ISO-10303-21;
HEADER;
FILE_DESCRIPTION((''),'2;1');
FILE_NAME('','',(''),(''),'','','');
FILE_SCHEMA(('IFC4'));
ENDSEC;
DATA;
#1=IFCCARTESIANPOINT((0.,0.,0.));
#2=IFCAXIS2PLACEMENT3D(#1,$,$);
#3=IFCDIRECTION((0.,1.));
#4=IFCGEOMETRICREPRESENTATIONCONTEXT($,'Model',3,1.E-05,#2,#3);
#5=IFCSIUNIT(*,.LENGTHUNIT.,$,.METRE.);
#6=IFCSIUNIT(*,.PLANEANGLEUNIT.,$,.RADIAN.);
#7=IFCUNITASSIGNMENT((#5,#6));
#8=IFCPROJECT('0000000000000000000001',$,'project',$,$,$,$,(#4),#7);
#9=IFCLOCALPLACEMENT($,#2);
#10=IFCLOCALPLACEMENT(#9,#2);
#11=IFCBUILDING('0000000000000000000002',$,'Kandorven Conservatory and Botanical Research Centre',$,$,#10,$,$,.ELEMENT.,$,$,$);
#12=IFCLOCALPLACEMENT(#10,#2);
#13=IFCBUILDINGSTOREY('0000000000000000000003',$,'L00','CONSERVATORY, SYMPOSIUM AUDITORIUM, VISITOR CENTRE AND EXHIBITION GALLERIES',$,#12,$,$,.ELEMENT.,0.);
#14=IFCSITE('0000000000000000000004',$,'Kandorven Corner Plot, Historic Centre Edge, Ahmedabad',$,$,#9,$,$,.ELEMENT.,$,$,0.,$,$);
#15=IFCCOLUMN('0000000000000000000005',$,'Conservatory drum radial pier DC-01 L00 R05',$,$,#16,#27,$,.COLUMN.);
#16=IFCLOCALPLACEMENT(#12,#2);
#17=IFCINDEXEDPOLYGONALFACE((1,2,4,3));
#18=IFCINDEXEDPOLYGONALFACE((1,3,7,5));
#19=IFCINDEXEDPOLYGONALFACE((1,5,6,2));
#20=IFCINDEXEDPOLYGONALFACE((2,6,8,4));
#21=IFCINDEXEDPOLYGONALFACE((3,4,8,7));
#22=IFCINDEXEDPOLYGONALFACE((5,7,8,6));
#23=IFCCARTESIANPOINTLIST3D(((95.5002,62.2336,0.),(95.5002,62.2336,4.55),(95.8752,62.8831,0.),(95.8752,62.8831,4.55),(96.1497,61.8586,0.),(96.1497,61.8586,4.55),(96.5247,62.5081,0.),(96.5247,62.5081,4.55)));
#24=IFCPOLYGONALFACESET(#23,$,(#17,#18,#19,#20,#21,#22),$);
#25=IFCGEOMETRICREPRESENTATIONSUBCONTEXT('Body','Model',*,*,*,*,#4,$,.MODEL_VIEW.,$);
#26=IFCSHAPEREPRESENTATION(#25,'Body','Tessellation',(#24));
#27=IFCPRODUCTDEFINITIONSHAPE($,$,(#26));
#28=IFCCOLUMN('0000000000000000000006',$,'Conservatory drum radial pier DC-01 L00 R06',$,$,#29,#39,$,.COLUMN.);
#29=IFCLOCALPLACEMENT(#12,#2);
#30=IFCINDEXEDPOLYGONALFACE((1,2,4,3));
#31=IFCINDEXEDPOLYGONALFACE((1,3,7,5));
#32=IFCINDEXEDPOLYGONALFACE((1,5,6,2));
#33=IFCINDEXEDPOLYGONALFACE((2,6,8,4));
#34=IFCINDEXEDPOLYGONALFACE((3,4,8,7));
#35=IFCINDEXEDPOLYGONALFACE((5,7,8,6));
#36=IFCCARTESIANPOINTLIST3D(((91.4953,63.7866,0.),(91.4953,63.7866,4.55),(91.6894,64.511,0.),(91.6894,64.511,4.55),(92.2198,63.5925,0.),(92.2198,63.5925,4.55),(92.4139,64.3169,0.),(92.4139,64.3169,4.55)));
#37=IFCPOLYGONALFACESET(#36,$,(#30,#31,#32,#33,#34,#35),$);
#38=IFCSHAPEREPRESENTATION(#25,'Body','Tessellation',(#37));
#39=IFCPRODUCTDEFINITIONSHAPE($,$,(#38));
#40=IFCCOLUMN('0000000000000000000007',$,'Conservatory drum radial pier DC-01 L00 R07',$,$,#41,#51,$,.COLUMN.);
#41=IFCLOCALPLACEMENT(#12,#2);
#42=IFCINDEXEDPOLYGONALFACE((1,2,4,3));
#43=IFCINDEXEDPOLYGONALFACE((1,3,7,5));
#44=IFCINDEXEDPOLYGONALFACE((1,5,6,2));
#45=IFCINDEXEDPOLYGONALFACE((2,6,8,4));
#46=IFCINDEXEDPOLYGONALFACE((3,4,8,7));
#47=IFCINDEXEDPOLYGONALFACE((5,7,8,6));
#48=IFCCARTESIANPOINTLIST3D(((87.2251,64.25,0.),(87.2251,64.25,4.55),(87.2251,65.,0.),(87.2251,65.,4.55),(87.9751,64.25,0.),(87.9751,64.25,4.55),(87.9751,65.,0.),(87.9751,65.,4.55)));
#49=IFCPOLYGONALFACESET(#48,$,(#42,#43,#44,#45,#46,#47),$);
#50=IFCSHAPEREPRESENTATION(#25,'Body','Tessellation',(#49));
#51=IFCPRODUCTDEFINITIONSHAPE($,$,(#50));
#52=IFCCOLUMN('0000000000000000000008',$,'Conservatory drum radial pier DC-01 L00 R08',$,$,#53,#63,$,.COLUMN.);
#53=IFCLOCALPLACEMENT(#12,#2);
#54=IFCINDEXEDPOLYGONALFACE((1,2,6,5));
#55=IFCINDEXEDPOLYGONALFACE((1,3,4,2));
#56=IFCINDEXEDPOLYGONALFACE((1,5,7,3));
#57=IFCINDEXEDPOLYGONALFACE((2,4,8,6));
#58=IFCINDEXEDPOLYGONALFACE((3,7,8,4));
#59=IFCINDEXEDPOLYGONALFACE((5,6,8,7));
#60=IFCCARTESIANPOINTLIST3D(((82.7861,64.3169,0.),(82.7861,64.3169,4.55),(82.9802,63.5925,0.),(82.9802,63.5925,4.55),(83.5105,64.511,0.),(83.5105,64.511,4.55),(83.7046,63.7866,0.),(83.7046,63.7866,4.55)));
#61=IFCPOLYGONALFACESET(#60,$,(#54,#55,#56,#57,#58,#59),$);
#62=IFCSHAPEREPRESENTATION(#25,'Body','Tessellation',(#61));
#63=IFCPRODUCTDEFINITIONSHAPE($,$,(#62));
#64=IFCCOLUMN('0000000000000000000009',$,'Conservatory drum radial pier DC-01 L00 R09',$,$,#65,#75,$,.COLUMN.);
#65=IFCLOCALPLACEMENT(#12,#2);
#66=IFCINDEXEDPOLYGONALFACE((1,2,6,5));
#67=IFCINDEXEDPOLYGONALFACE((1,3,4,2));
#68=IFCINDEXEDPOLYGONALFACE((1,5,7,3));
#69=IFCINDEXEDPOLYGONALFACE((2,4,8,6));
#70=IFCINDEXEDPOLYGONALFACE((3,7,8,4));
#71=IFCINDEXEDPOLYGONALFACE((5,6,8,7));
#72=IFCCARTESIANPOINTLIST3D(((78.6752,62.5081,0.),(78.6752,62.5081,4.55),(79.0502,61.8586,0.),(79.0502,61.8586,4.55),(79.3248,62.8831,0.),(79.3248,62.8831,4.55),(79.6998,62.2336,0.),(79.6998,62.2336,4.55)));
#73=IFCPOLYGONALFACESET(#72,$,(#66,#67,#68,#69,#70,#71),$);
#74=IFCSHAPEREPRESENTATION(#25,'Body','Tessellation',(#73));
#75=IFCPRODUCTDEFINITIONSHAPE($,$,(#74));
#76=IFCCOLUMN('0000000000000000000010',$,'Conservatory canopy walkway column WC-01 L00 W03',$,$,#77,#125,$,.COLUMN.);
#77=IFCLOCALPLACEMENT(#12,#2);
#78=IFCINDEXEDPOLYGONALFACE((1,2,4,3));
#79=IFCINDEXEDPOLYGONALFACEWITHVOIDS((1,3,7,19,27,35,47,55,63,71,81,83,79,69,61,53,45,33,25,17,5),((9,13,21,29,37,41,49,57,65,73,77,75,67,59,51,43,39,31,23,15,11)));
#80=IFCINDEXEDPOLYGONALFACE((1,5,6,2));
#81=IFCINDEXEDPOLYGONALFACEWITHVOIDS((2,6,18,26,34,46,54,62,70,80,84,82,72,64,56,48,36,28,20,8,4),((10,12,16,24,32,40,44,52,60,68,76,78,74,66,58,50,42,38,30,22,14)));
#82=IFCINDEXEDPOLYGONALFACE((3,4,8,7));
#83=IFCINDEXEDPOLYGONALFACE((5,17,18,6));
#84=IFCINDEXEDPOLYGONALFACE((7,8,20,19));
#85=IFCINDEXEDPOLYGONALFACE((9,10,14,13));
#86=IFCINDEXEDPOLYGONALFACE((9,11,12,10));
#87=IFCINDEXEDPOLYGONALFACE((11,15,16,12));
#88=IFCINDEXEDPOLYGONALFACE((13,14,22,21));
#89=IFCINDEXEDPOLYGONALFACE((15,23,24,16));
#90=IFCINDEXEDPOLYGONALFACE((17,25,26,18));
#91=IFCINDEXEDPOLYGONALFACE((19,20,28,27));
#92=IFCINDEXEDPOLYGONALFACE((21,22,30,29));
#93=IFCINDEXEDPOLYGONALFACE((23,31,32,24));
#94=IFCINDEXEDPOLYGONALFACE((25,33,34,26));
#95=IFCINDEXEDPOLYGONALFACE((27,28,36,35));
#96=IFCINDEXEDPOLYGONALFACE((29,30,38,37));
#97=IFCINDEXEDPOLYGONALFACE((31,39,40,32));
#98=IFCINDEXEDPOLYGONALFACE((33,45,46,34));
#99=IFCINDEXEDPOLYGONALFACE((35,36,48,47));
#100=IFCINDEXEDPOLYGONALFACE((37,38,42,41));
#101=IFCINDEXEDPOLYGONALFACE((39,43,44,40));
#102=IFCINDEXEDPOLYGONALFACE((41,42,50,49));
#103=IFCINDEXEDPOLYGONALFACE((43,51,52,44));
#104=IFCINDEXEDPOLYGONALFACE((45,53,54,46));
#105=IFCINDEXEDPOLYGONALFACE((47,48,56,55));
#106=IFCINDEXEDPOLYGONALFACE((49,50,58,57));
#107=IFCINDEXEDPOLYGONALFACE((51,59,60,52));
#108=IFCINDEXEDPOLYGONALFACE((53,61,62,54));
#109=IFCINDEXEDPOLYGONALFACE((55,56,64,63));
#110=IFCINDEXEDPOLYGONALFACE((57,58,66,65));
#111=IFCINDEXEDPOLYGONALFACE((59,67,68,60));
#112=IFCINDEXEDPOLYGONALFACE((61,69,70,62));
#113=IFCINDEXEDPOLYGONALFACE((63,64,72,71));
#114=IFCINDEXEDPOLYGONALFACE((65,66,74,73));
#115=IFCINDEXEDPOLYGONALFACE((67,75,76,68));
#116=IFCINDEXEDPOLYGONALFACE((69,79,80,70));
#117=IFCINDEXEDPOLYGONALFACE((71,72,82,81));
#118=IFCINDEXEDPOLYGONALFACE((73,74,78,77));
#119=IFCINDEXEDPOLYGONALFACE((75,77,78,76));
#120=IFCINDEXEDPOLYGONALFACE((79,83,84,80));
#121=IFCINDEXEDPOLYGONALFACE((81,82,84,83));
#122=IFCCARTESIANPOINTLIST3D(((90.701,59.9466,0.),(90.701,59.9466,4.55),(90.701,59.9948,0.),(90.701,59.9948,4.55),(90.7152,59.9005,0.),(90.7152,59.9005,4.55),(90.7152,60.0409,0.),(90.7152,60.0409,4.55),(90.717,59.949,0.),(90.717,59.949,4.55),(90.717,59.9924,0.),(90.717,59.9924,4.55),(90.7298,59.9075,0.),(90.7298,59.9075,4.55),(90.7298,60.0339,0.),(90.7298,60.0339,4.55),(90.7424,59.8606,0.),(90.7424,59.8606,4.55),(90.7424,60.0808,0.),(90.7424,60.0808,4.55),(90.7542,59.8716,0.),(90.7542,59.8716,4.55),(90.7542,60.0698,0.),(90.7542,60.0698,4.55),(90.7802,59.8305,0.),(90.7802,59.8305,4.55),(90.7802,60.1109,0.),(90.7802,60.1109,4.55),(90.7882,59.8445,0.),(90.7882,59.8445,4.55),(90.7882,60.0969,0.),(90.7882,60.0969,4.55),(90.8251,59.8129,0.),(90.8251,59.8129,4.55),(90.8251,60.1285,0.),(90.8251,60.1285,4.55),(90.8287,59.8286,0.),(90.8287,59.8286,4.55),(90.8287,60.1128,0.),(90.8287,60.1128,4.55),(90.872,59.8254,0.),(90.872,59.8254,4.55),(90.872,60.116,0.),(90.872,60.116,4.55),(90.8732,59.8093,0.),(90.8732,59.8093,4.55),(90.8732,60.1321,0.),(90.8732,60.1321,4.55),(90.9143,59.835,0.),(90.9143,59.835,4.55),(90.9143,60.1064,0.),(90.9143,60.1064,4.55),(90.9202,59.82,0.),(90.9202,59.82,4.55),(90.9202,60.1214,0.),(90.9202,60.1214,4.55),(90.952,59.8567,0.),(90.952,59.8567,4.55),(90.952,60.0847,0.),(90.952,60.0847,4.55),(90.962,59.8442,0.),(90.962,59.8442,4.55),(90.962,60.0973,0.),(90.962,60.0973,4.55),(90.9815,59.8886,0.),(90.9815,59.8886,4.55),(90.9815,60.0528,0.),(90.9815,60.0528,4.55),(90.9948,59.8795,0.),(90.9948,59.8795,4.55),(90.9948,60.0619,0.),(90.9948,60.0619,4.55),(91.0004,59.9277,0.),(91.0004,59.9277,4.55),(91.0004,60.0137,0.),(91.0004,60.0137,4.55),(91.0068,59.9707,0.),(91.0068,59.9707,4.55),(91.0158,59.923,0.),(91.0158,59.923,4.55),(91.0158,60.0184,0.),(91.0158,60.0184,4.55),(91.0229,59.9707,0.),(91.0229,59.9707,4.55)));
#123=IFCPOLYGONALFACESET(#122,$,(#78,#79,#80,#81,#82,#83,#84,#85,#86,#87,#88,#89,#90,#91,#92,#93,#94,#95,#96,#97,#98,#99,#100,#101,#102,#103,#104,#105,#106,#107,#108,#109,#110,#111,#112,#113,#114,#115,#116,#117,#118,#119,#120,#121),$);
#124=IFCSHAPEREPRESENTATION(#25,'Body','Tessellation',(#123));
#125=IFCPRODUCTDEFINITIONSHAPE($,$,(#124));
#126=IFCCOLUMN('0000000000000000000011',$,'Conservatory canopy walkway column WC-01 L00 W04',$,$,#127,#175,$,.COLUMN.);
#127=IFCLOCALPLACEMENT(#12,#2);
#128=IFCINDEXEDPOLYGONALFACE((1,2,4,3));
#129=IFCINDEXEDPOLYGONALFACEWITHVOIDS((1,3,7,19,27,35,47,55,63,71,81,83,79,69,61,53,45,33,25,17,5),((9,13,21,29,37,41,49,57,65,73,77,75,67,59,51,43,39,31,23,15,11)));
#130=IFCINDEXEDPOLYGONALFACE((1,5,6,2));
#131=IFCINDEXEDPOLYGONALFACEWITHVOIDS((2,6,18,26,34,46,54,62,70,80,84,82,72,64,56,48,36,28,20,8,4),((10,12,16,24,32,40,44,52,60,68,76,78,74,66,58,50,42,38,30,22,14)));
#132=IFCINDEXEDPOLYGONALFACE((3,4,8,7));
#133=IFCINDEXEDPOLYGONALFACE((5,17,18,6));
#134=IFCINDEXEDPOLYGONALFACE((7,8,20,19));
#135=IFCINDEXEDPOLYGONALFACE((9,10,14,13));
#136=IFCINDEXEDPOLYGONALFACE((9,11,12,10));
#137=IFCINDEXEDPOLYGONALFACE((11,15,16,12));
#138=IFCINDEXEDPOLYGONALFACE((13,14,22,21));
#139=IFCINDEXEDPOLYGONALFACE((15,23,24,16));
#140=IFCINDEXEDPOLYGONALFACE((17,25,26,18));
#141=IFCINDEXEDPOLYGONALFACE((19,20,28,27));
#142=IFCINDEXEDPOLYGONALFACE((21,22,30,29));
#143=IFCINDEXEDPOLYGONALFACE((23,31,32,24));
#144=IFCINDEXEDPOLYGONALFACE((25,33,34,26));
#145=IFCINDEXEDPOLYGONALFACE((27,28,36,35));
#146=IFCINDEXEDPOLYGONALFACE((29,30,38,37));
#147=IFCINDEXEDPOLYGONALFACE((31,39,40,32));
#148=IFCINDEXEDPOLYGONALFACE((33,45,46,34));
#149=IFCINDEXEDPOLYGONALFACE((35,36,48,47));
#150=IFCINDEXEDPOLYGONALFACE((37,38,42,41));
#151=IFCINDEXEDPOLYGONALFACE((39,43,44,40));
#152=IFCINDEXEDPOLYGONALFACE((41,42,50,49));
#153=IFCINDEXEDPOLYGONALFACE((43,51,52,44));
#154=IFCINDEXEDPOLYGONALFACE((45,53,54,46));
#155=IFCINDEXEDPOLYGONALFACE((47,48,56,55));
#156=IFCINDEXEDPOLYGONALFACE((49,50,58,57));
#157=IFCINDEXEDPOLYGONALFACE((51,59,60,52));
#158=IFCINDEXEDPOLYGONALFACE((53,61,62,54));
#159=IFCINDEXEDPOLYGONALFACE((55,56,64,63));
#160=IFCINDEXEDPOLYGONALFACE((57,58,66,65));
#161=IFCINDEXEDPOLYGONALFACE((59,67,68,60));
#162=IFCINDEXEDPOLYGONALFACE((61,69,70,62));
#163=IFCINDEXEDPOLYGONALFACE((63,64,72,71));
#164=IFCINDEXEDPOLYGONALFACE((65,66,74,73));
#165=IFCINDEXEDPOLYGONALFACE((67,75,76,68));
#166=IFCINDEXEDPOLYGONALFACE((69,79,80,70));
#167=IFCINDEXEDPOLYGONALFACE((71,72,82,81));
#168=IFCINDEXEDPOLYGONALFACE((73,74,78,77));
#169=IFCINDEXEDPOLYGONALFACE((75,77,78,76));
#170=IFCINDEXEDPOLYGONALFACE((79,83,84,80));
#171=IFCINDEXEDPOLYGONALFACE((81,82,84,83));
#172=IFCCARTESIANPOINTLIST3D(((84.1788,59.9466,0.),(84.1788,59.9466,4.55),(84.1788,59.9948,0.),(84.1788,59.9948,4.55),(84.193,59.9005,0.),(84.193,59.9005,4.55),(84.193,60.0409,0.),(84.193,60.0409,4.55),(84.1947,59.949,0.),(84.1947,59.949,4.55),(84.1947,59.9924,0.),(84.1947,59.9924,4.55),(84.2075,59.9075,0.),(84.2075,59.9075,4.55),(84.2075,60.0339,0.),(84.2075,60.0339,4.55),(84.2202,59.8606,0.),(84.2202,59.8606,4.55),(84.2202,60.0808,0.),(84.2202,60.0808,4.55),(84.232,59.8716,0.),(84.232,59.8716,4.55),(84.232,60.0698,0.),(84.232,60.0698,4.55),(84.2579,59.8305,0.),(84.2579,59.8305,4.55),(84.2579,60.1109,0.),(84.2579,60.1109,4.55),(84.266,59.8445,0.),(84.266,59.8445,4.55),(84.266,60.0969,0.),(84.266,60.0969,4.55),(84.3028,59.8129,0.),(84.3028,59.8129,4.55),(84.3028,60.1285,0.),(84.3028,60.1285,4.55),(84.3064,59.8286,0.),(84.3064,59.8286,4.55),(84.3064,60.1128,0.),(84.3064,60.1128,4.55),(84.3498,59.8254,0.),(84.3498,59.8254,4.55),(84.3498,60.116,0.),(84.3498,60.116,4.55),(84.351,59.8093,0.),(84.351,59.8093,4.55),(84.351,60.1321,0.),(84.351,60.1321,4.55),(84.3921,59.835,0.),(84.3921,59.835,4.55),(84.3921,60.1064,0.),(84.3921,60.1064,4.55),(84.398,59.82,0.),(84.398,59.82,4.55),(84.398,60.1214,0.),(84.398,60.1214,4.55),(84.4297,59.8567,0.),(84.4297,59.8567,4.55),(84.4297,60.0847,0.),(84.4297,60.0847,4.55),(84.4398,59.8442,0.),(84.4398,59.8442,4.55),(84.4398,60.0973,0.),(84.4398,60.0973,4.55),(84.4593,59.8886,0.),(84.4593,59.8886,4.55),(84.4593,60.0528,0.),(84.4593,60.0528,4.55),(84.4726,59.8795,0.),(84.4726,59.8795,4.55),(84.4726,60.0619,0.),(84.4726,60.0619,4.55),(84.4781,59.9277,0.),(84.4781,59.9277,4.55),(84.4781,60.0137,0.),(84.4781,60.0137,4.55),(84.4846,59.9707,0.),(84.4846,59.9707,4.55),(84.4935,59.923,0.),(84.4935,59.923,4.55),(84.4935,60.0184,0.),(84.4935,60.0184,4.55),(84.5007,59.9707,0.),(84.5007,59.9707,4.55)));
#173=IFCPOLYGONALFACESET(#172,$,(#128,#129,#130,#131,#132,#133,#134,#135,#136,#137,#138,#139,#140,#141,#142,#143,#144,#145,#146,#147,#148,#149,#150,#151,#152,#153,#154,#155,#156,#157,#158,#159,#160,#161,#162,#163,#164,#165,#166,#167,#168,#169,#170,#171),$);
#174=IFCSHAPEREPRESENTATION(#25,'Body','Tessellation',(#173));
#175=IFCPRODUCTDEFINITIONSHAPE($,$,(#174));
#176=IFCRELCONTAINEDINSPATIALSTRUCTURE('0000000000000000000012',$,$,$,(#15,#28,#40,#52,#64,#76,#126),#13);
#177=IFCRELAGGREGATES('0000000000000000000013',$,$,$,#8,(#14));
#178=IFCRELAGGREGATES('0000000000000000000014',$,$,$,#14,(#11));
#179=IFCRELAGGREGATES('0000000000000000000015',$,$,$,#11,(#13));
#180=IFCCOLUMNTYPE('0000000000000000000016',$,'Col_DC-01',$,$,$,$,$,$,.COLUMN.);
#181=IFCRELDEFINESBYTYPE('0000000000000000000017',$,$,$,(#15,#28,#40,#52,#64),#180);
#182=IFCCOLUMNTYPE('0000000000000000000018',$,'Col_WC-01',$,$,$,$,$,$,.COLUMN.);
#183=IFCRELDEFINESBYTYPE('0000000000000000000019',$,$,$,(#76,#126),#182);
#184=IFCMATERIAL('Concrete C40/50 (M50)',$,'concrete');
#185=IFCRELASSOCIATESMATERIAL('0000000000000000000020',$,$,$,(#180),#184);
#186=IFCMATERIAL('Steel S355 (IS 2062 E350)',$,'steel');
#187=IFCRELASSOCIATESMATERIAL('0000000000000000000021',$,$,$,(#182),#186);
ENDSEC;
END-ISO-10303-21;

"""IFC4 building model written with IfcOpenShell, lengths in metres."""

from ifc_helpers import new_model, si_unit, direction, frame, origin, origin_2d, place, context, subcontext, project, spatial, rectangle, hollow_circle, extrude, material, material_profile, profile_set, type_object, element, save


model = new_model("IFC4")

# Units and contexts
model_context = context("Model", 3, precision=1e-05, world=origin(), true_north=direction((0.0, 1.0)))
body_context = subcontext(model_context, "Body", "Model", "MODEL_VIEW")
ifc_project = project(units=[si_unit("LENGTHUNIT", "METRE"), si_unit("PLANEANGLEUNIT", "RADIAN")], contexts=[model_context])

# Site, building, storey
site_placement = place(None, origin())
site = spatial("IfcSite", under=ifc_project, at=site_placement, Name="Kandorven Corner Plot, Historic Centre Edge, Ahmedabad", CompositionType="ELEMENT", RefElevation=0.0)
building_placement = place(site_placement, origin())
building = spatial("IfcBuilding", under=site, at=building_placement, Name="Kandorven Conservatory and Botanical Research Centre", CompositionType="ELEMENT")
storey_placement = place(building_placement, origin())
storey = spatial("IfcBuildingStorey", under=building, at=storey_placement, Name="L00", Description="CONSERVATORY, SYMPOSIUM AUDITORIUM, VISITOR CENTRE AND EXHIBITION GALLERIES", CompositionType="ELEMENT", Elevation=0.0)

# Columns
ifc_material_1 = material(Name="Concrete C40/50 (M50)", Category="concrete")
ifc_material_profile_1 = material_profile(ifc_material_1, rectangle(XDim=0.75, YDim=0.75, at=origin_2d()))
ifc_profile_set_1 = profile_set([ifc_material_profile_1], Name="Concrete C40/50 (M50)")
column_type_1 = type_object("IfcColumnType", Name="Col_DC-01", PredefinedType="COLUMN", material=ifc_profile_set_1)
for number, where, z_axis, x_axis, name in (
    (1, (96.0125, 62.3708, 0.0), (0.0, 0.0, 1.0), (0.5, 0.866025, 0.0), "Conservatory drum radial pier DC-01 L00 R05"),
    (2, (91.9546, 64.0518, 0.0), (0.0, 0.0, 1.0), (0.258819, 0.965926, 0.0), "Conservatory drum radial pier DC-01 L00 R06"),
    (3, (87.6001, 64.625, 0.0), (0.0, 0.0, 1.0), (0.0, 1.0, 0.0), "Conservatory drum radial pier DC-01 L00 R07"),
    (4, (83.2454, 64.0518, 0.0), (0.0, 0.0, 1.0), (-0.258819, 0.965926, 0.0), "Conservatory drum radial pier DC-01 L00 R08"),
    (5, (79.1875, 62.3708, 0.0), (0.0, 0.0, 1.0), (-0.5, 0.866025, 0.0), "Conservatory drum radial pier DC-01 L00 R09"),
):
    element("IfcColumn", number, at=place(storey_placement, frame(where, z_axis=z_axis, x_axis=x_axis)), inside=storey, type_object=column_type_1, Name=name, PredefinedType="COLUMN", context=body_context, shape_type="SweptSolid", body=[
        extrude(rectangle(XDim=0.75, YDim=0.75, at=origin_2d()), origin(), (0.0, 0.0, 1.0), 4.55),
    ])
ifc_material_2 = material(Name="Steel S355 (IS 2062 E350)", Category="steel")
ifc_material_profile_2 = material_profile(ifc_material_2, hollow_circle(Radius=0.1619, WallThickness=0.0161, at=origin_2d()))
ifc_profile_set_2 = profile_set([ifc_material_profile_2], Name="Steel S355 (IS 2062 E350)")
column_type_2 = type_object("IfcColumnType", Name="Col_WC-01", PredefinedType="COLUMN", material=ifc_profile_set_2)
for number, where, z_axis, x_axis, name in (
    (6, (90.8611, 59.9707, 0.0), (0.0, 0.0, 1.0), (1.0, 0.0, 0.0), "Conservatory canopy walkway column WC-01 L00 W03"),
    (7, (84.3389, 59.9707, 0.0), (0.0, 0.0, 1.0), (1.0, 0.0, 0.0), "Conservatory canopy walkway column WC-01 L00 W04"),
):
    element("IfcColumn", number, at=place(storey_placement, frame(where, z_axis=z_axis, x_axis=x_axis)), inside=storey, type_object=column_type_2, Name=name, PredefinedType="COLUMN", context=body_context, shape_type="SweptSolid", body=[
        extrude(hollow_circle(Radius=0.1619, WallThickness=0.0161, at=origin_2d()), origin(), (0.0, 0.0, 1.0), 4.55),
    ])

save(model, "model.ifc")
